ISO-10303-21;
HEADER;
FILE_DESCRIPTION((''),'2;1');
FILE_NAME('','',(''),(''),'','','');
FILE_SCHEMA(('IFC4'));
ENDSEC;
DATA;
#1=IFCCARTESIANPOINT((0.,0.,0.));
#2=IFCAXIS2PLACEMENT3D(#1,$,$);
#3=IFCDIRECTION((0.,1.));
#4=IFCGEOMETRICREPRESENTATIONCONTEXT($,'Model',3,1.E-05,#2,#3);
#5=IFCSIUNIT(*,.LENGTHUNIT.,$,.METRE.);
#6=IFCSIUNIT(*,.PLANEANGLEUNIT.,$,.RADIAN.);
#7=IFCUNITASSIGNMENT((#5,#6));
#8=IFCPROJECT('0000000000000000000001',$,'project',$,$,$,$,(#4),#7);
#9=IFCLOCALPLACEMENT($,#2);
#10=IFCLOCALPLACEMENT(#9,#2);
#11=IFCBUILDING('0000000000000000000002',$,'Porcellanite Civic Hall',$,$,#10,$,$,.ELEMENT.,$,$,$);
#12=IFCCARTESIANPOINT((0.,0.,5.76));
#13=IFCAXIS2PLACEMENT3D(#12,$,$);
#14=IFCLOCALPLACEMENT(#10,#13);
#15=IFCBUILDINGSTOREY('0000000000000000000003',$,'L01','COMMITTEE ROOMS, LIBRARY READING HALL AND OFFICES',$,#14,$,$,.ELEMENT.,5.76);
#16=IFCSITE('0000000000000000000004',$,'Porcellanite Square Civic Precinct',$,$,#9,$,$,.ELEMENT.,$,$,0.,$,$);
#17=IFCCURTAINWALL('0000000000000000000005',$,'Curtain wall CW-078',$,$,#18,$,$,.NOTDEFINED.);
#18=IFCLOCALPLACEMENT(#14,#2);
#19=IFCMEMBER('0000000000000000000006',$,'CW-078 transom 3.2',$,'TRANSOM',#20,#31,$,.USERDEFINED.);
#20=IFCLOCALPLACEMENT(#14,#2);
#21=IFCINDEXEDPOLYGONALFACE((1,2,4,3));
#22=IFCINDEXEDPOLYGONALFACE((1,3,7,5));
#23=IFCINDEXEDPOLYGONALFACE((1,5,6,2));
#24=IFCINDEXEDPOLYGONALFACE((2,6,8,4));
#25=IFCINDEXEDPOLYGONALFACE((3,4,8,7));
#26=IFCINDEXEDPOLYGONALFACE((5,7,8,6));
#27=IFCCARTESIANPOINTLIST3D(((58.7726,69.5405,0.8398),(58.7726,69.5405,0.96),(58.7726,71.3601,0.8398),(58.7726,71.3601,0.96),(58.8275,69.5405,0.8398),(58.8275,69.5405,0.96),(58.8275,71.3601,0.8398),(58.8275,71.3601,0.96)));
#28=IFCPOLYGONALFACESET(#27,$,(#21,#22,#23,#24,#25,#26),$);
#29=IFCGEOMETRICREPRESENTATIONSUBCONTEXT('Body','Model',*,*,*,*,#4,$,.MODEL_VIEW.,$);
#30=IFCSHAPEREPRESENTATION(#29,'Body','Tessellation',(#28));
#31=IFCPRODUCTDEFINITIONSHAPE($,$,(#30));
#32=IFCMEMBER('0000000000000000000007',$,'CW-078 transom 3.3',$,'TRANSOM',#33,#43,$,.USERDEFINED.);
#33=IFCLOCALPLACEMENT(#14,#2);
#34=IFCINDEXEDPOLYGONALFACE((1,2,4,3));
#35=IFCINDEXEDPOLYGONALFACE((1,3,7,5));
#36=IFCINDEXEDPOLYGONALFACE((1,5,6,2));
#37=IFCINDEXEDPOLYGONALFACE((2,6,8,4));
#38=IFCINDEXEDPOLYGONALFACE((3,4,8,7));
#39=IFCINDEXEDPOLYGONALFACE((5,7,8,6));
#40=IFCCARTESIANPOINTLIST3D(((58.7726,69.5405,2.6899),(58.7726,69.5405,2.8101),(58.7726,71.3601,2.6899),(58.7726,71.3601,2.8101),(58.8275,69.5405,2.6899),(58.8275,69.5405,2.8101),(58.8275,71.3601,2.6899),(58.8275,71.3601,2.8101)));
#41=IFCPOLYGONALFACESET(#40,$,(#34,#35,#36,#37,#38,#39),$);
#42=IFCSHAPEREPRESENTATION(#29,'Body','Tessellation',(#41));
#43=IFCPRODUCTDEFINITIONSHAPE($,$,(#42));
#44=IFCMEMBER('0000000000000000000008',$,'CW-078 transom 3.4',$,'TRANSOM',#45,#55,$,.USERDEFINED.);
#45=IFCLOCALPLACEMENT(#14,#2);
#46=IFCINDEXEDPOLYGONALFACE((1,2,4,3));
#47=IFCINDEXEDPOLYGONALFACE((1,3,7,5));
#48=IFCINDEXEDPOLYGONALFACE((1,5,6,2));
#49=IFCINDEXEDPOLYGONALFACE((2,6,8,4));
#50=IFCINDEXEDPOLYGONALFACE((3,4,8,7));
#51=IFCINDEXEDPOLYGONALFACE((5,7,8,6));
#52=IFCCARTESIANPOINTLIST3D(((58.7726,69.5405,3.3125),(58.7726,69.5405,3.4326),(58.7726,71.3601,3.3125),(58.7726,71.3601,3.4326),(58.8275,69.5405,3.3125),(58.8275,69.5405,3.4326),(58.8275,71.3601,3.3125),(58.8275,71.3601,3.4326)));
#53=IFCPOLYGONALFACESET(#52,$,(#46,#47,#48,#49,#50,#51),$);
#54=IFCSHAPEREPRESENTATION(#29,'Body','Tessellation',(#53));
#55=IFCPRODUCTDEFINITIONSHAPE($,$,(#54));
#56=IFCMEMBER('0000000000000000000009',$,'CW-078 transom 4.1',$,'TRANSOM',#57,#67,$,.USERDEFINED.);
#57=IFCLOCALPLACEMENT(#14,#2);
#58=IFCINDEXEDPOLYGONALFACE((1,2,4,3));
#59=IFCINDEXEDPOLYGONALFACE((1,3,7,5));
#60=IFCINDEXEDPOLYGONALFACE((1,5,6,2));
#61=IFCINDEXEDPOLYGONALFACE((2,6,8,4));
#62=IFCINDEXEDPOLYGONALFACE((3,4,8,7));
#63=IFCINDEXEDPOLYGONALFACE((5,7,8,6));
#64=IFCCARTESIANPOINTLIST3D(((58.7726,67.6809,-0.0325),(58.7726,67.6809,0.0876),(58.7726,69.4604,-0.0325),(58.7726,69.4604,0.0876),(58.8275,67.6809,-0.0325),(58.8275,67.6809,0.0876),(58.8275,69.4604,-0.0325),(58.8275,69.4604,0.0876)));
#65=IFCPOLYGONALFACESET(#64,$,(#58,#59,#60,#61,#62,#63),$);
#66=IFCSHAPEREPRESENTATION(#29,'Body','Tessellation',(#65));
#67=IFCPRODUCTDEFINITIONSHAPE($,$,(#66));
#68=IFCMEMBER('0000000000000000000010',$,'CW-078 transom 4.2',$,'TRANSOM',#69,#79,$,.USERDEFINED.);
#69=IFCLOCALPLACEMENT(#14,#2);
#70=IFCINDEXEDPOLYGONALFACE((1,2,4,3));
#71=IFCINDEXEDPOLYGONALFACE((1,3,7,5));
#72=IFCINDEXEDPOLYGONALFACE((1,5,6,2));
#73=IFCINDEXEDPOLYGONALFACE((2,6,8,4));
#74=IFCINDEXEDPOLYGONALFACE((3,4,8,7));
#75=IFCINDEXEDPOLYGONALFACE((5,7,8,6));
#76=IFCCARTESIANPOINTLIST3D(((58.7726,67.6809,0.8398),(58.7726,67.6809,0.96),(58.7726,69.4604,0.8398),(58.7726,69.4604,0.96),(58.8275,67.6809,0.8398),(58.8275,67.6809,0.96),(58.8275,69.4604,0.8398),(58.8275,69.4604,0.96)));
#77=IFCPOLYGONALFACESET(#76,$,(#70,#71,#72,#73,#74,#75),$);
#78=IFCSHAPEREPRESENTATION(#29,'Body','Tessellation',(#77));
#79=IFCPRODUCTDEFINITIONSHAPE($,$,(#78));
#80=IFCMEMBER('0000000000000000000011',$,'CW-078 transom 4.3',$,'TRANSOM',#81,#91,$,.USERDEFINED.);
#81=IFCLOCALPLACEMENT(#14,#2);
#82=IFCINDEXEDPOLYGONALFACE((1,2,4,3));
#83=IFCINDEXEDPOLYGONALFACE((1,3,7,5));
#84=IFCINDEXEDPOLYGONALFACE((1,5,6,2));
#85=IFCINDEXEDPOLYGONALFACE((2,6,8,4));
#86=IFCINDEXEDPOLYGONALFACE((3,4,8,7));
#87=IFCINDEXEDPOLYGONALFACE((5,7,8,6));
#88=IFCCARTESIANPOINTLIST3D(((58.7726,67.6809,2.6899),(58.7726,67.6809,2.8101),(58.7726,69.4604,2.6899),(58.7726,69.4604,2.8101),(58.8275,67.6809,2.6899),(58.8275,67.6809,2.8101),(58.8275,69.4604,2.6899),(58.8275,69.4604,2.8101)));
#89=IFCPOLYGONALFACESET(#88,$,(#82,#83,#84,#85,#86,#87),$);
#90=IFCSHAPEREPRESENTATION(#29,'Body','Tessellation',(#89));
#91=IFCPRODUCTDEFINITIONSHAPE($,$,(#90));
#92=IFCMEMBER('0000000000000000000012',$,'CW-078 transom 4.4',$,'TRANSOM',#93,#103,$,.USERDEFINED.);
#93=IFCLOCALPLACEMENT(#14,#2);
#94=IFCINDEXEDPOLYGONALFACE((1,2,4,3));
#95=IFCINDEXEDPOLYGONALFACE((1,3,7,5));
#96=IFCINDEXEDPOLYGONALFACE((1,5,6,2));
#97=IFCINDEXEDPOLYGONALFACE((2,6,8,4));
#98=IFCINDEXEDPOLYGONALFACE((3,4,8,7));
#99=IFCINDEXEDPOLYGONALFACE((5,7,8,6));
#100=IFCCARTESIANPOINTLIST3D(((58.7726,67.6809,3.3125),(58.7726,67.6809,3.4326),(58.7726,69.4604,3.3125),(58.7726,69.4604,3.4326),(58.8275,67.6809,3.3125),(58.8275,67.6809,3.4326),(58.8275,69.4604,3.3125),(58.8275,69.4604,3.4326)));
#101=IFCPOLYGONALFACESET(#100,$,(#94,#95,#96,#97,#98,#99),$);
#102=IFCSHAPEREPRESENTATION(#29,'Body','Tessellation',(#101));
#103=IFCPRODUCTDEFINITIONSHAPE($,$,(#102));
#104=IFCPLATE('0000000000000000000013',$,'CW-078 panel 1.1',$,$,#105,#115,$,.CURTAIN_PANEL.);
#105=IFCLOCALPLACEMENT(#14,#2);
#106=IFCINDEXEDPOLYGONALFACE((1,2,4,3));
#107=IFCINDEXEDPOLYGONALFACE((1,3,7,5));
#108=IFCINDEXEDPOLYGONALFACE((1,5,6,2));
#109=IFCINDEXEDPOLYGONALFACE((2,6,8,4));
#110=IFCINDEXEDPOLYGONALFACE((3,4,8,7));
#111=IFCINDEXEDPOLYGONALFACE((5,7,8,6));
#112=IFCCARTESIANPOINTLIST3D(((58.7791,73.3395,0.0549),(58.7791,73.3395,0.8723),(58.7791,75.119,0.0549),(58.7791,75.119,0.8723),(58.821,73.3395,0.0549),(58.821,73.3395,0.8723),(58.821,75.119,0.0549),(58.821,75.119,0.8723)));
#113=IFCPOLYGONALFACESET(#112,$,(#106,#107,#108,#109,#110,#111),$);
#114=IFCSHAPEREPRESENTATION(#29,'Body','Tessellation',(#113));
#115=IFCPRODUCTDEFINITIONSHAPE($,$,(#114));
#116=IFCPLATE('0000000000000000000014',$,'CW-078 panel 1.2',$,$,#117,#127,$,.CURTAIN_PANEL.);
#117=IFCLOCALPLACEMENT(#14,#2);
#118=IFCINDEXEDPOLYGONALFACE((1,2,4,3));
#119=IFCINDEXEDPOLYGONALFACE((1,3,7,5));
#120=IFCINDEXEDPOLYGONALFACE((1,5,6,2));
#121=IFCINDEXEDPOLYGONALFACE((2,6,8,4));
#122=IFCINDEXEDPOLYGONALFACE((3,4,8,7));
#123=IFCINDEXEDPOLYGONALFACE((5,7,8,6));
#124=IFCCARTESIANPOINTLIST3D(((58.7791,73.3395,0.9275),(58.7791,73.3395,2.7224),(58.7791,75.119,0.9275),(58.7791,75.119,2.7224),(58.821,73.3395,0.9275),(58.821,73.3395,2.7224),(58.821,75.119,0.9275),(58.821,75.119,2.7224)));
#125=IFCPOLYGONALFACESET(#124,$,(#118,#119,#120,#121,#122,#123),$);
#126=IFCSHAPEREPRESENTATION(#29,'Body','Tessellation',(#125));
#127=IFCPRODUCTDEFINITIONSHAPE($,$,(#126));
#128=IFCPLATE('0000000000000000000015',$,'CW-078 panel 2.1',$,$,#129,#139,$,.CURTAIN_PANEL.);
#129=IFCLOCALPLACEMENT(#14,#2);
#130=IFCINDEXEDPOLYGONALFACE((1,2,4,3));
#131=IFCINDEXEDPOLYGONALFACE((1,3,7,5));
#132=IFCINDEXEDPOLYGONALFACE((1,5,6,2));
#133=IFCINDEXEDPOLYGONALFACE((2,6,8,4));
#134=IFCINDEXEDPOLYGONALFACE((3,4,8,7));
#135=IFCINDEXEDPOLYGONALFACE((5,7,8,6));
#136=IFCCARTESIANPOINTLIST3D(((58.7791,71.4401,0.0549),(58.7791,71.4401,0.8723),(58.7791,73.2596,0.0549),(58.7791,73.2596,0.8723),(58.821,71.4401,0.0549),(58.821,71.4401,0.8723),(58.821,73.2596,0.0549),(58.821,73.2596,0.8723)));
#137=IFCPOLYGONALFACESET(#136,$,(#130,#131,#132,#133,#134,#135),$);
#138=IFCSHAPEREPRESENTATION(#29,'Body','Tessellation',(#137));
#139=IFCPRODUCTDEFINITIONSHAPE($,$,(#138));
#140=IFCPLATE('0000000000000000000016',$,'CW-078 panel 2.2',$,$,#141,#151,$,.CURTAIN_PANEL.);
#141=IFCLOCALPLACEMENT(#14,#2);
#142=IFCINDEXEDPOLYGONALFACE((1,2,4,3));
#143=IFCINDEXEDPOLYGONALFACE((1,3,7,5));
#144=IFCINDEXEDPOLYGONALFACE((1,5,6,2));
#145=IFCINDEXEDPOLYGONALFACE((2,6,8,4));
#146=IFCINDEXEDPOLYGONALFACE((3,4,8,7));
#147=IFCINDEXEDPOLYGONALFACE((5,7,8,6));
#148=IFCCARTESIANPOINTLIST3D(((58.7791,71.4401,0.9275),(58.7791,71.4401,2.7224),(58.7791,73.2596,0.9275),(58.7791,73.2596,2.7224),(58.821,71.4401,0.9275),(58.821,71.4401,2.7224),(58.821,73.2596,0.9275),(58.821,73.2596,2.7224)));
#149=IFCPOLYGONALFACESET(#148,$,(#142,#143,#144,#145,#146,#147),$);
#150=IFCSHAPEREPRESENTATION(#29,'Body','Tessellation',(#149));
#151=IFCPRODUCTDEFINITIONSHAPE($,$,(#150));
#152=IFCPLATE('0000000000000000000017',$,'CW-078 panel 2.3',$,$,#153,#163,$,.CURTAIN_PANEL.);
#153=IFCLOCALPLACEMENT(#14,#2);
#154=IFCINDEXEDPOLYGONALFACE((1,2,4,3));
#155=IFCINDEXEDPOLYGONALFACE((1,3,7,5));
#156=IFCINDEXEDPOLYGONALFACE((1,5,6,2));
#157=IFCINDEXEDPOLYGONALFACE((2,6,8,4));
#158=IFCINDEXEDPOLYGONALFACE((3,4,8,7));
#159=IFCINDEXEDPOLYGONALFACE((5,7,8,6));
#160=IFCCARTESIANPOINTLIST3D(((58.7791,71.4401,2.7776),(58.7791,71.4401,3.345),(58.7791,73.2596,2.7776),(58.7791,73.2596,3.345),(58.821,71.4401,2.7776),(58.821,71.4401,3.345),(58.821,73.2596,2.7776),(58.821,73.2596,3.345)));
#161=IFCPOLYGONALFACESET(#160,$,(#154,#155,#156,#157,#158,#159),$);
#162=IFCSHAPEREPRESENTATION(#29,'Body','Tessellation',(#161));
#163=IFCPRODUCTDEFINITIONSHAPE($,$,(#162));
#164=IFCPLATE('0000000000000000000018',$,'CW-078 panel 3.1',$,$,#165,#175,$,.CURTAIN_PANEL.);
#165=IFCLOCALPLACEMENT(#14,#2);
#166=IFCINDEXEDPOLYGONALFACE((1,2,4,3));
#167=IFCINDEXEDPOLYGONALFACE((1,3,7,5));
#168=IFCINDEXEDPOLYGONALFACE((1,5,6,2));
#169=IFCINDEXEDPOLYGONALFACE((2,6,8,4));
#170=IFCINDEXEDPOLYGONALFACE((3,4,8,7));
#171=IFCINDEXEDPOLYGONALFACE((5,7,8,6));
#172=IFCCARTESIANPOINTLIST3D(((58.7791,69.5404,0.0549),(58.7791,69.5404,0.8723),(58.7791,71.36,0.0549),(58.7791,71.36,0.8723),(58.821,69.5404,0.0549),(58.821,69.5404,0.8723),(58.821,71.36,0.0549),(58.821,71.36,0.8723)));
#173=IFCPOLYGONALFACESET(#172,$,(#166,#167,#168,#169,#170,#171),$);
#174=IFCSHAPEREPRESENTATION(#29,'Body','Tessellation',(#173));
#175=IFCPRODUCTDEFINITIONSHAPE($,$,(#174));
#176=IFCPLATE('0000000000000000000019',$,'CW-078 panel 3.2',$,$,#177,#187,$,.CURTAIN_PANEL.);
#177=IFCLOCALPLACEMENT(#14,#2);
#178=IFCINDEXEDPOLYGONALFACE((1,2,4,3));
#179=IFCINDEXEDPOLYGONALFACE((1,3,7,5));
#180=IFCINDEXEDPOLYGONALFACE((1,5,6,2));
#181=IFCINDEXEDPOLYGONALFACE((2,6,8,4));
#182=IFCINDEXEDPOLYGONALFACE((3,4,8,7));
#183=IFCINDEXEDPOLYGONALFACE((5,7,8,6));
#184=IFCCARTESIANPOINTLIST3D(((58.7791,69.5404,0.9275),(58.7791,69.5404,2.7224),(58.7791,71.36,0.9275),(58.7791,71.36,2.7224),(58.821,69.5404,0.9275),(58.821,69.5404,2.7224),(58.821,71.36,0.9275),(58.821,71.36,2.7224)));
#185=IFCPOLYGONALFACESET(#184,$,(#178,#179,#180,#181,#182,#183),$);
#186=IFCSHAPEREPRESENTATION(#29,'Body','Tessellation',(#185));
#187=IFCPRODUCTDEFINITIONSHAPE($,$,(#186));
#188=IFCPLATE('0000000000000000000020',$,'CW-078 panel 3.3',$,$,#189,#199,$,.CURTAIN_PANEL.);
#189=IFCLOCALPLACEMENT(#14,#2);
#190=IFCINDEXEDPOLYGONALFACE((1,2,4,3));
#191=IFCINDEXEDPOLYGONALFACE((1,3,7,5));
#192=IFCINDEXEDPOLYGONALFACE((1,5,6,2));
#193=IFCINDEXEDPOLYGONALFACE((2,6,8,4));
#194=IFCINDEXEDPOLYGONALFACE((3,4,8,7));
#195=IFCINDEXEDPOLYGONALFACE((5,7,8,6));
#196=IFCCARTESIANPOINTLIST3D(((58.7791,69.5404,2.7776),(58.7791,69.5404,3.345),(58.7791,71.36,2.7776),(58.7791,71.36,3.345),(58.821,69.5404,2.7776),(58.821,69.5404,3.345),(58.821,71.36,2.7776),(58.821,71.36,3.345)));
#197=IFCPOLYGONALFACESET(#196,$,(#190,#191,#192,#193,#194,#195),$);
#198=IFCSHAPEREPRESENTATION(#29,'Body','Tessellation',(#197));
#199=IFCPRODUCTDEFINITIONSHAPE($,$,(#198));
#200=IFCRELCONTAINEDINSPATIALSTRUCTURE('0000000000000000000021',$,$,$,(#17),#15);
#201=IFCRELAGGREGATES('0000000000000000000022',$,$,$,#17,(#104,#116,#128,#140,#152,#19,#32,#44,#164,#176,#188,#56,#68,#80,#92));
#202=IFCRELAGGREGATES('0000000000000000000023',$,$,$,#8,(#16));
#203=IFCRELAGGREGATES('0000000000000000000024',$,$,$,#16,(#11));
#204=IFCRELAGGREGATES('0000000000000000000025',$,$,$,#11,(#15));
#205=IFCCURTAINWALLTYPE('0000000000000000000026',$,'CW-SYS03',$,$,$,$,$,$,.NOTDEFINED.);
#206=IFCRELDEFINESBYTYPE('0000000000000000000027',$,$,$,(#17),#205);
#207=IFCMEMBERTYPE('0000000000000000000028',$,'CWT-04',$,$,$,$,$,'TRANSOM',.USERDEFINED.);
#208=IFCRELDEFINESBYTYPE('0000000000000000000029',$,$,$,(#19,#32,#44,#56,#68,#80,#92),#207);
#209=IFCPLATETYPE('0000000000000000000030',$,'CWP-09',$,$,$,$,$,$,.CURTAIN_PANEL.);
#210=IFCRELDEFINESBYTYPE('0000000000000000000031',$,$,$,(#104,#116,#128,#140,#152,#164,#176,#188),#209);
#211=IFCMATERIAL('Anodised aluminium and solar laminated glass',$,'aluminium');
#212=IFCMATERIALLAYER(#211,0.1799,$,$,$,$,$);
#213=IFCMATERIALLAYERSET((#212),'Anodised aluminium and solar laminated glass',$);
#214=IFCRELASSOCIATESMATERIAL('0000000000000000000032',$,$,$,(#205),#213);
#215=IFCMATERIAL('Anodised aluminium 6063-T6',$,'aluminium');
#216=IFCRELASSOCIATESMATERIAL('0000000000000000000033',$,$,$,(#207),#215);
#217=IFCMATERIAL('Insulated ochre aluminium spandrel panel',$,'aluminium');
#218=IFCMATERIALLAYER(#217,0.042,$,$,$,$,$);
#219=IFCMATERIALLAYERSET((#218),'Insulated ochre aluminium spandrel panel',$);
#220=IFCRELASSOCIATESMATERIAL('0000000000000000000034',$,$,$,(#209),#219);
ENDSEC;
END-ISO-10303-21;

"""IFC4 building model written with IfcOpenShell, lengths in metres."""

from ifc_helpers import new_model, si_unit, direction, frame, origin, origin_2d, place, context, subcontext, project, spatial, rectangle, extrude, material, layer, layer_set, material_profile, profile_set, type_object, element, aggregate, save


model = new_model("IFC4")

# Units and contexts
model_context = context("Model", 3, precision=1e-05, world=origin(), true_north=direction((0.0, 1.0)))
body_context = subcontext(model_context, "Body", "Model", "MODEL_VIEW")
ifc_project = project(units=[si_unit("LENGTHUNIT", "METRE"), si_unit("PLANEANGLEUNIT", "RADIAN")], contexts=[model_context])

# Site, building, storey
site_placement = place(None, origin())
site = spatial("IfcSite", under=ifc_project, at=site_placement, Name="Porcellanite Square Civic Precinct", CompositionType="ELEMENT", RefElevation=0.0)
building_placement = place(site_placement, origin())
building = spatial("IfcBuilding", under=site, at=building_placement, Name="Porcellanite Civic Hall", CompositionType="ELEMENT")
storey_placement = place(building_placement, frame((0.0, 0.0, 5.76)))
storey = spatial("IfcBuildingStorey", under=building, at=storey_placement, Name="L01", Description="COMMITTEE ROOMS, LIBRARY READING HALL AND OFFICES", CompositionType="ELEMENT", Elevation=5.76)

# Curtain wall, members, plates
ifc_material_1 = material(Name="Anodised aluminium and solar laminated glass", Category="aluminium")
ifc_layer_1 = layer(ifc_material_1, 0.1799)
ifc_layer_set_1 = layer_set([ifc_layer_1], Name="Anodised aluminium and solar laminated glass")
curtain_wall_type = type_object("IfcCurtainWallType", Name="CW-SYS03", PredefinedType="NOTDEFINED", material=ifc_layer_set_1)
curtain_wall_placement = place(storey_placement, origin())
curtain_wall = element("IfcCurtainWall", 1, at=curtain_wall_placement, inside=storey, type_object=curtain_wall_type, Name="Curtain wall CW-078", PredefinedType="NOTDEFINED")
ifc_material_2 = material(Name="Anodised aluminium 6063-T6", Category="aluminium")
ifc_material_profile_1 = material_profile(ifc_material_2, rectangle(XDim=0.0549, YDim=0.1201, at=origin_2d()), Name="AL-55x120")
ifc_profile_set_1 = profile_set([ifc_material_profile_1], Name="Anodised aluminium 6063-T6")
member_type_1 = type_object("IfcMemberType", Name="CWT-04", ElementType="TRANSOM", PredefinedType="USERDEFINED", material=ifc_profile_set_1)
member_1_placement = place(storey_placement, frame((58.8, 71.3601, 0.8999), z_axis=(0.0, -1.0, 0.0), x_axis=(1.0, 0.0, 0.0)))
member_1 = element("IfcMember", 2, at=member_1_placement, type_object=member_type_1, Name="CW-078 transom 3.2", ObjectType="TRANSOM", PredefinedType="USERDEFINED", context=body_context, shape_type="SweptSolid", body=[
    extrude(rectangle(XDim=0.0549, YDim=0.1201, at=origin_2d()), origin(), (0.0, 0.0, 1.0), 1.8196),
])
member_2_placement = place(storey_placement, frame((58.8, 71.3601, 2.75), z_axis=(0.0, -1.0, 0.0), x_axis=(1.0, 0.0, 0.0)))
member_2 = element("IfcMember", 3, at=member_2_placement, type_object=member_type_1, Name="CW-078 transom 3.3", ObjectType="TRANSOM", PredefinedType="USERDEFINED", context=body_context, shape_type="SweptSolid", body=[
    extrude(rectangle(XDim=0.0549, YDim=0.1201, at=origin_2d()), origin(), (0.0, 0.0, 1.0), 1.8196),
])
member_3_placement = place(storey_placement, frame((58.8, 71.3601, 3.3726), z_axis=(0.0, -1.0, 0.0), x_axis=(1.0, 0.0, 0.0)))
member_3 = element("IfcMember", 4, at=member_3_placement, type_object=member_type_1, Name="CW-078 transom 3.4", ObjectType="TRANSOM", PredefinedType="USERDEFINED", context=body_context, shape_type="SweptSolid", body=[
    extrude(rectangle(XDim=0.0549, YDim=0.1201, at=origin_2d()), origin(), (0.0, 0.0, 1.0), 1.8196),
])
member_4_placement = place(storey_placement, frame((58.8, 69.4604, 0.0276), z_axis=(0.0, -1.0, 0.0), x_axis=(1.0, 0.0, 0.0)))
member_4 = element("IfcMember", 5, at=member_4_placement, type_object=member_type_1, Name="CW-078 transom 4.1", ObjectType="TRANSOM", PredefinedType="USERDEFINED", context=body_context, shape_type="SweptSolid", body=[
    extrude(rectangle(XDim=0.0549, YDim=0.1201, at=origin_2d()), origin(), (0.0, 0.0, 1.0), 1.7795),
])
member_5_placement = place(storey_placement, frame((58.8, 69.4604, 0.8999), z_axis=(0.0, -1.0, 0.0), x_axis=(1.0, 0.0, 0.0)))
member_5 = element("IfcMember", 6, at=member_5_placement, type_object=member_type_1, Name="CW-078 transom 4.2", ObjectType="TRANSOM", PredefinedType="USERDEFINED", context=body_context, shape_type="SweptSolid", body=[
    extrude(rectangle(XDim=0.0549, YDim=0.1201, at=origin_2d()), origin(), (0.0, 0.0, 1.0), 1.7795),
])
member_6_placement = place(storey_placement, frame((58.8, 69.4604, 2.75), z_axis=(0.0, -1.0, 0.0), x_axis=(1.0, 0.0, 0.0)))
member_6 = element("IfcMember", 7, at=member_6_placement, type_object=member_type_1, Name="CW-078 transom 4.3", ObjectType="TRANSOM", PredefinedType="USERDEFINED", context=body_context, shape_type="SweptSolid", body=[
    extrude(rectangle(XDim=0.0549, YDim=0.1201, at=origin_2d()), origin(), (0.0, 0.0, 1.0), 1.7795),
])
member_7_placement = place(storey_placement, frame((58.8, 69.4604, 3.3726), z_axis=(0.0, -1.0, 0.0), x_axis=(1.0, 0.0, 0.0)))
member_7 = element("IfcMember", 8, at=member_7_placement, type_object=member_type_1, Name="CW-078 transom 4.4", ObjectType="TRANSOM", PredefinedType="USERDEFINED", context=body_context, shape_type="SweptSolid", body=[
    extrude(rectangle(XDim=0.0549, YDim=0.1201, at=origin_2d()), origin(), (0.0, 0.0, 1.0), 1.7795),
])
ifc_material_3 = material(Name="Insulated ochre aluminium spandrel panel", Category="aluminium")
ifc_layer_2 = layer(ifc_material_3, 0.042)
ifc_layer_set_2 = layer_set([ifc_layer_2], Name="Insulated ochre aluminium spandrel panel")
plate_type = type_object("IfcPlateType", Name="CWP-09", PredefinedType="CURTAIN_PANEL", material=ifc_layer_set_2)
plate_1_placement = place(storey_placement, frame((58.8, 74.2292, 0.0549), z_axis=(0.0, 0.0, 1.0), x_axis=(0.0, -1.0, 0.0)))
plate_1 = element("IfcPlate", 9, at=plate_1_placement, type_object=plate_type, Name="CW-078 panel 1.1", PredefinedType="CURTAIN_PANEL", context=body_context, shape_type="SweptSolid", body=[
    extrude(rectangle(XDim=1.7795, YDim=0.042, at=origin_2d()), origin(), (0.0, 0.0, 1.0), 0.8174),
])
plate_2_placement = place(storey_placement, frame((58.8, 74.2292, 0.9275), z_axis=(0.0, 0.0, 1.0), x_axis=(0.0, -1.0, 0.0)))
plate_2 = element("IfcPlate", 10, at=plate_2_placement, type_object=plate_type, Name="CW-078 panel 1.2", PredefinedType="CURTAIN_PANEL", context=body_context, shape_type="SweptSolid", body=[
    extrude(rectangle(XDim=1.7795, YDim=0.042, at=origin_2d()), origin(), (0.0, 0.0, 1.0), 1.7949),
])
plate_3_placement = place(storey_placement, frame((58.8, 72.3499, 0.0549), z_axis=(0.0, 0.0, 1.0), x_axis=(0.0, -1.0, 0.0)))
plate_3 = element("IfcPlate", 11, at=plate_3_placement, type_object=plate_type, Name="CW-078 panel 2.1", PredefinedType="CURTAIN_PANEL", context=body_context, shape_type="SweptSolid", body=[
    extrude(rectangle(XDim=1.8196, YDim=0.042, at=origin_2d()), origin(), (0.0, 0.0, 1.0), 0.8174),
])
plate_4_placement = place(storey_placement, frame((58.8, 72.3499, 0.9275), z_axis=(0.0, 0.0, 1.0), x_axis=(0.0, -1.0, 0.0)))
plate_4 = element("IfcPlate", 12, at=plate_4_placement, type_object=plate_type, Name="CW-078 panel 2.2", PredefinedType="CURTAIN_PANEL", context=body_context, shape_type="SweptSolid", body=[
    extrude(rectangle(XDim=1.8196, YDim=0.042, at=origin_2d()), origin(), (0.0, 0.0, 1.0), 1.7949),
])
plate_5_placement = place(storey_placement, frame((58.8, 72.3499, 2.7776), z_axis=(0.0, 0.0, 1.0), x_axis=(0.0, -1.0, 0.0)))
plate_5 = element("IfcPlate", 13, at=plate_5_placement, type_object=plate_type, Name="CW-078 panel 2.3", PredefinedType="CURTAIN_PANEL", context=body_context, shape_type="SweptSolid", body=[
    extrude(rectangle(XDim=1.8196, YDim=0.042, at=origin_2d()), origin(), (0.0, 0.0, 1.0), 0.5674),
])
plate_6_placement = place(storey_placement, frame((58.8, 70.4502, 0.0549), z_axis=(0.0, 0.0, 1.0), x_axis=(0.0, -1.0, 0.0)))
plate_6 = element("IfcPlate", 14, at=plate_6_placement, type_object=plate_type, Name="CW-078 panel 3.1", PredefinedType="CURTAIN_PANEL", context=body_context, shape_type="SweptSolid", body=[
    extrude(rectangle(XDim=1.8196, YDim=0.042, at=origin_2d()), origin(), (0.0, 0.0, 1.0), 0.8174),
])
plate_7_placement = place(storey_placement, frame((58.8, 70.4502, 0.9275), z_axis=(0.0, 0.0, 1.0), x_axis=(0.0, -1.0, 0.0)))
plate_7 = element("IfcPlate", 15, at=plate_7_placement, type_object=plate_type, Name="CW-078 panel 3.2", PredefinedType="CURTAIN_PANEL", context=body_context, shape_type="SweptSolid", body=[
    extrude(rectangle(XDim=1.8196, YDim=0.042, at=origin_2d()), origin(), (0.0, 0.0, 1.0), 1.7949),
])
plate_8_placement = place(storey_placement, frame((58.8, 70.4502, 2.7776), z_axis=(0.0, 0.0, 1.0), x_axis=(0.0, -1.0, 0.0)))
plate_8 = element("IfcPlate", 16, at=plate_8_placement, type_object=plate_type, Name="CW-078 panel 3.3", PredefinedType="CURTAIN_PANEL", context=body_context, shape_type="SweptSolid", body=[
    extrude(rectangle(XDim=1.8196, YDim=0.042, at=origin_2d()), origin(), (0.0, 0.0, 1.0), 0.5674),
])
aggregate(curtain_wall, [plate_1, plate_2, plate_3, plate_4, plate_5, member_1, member_2, member_3, plate_6, plate_7, plate_8, member_4, member_5, member_6, member_7])

save(model, "model.ifc")
